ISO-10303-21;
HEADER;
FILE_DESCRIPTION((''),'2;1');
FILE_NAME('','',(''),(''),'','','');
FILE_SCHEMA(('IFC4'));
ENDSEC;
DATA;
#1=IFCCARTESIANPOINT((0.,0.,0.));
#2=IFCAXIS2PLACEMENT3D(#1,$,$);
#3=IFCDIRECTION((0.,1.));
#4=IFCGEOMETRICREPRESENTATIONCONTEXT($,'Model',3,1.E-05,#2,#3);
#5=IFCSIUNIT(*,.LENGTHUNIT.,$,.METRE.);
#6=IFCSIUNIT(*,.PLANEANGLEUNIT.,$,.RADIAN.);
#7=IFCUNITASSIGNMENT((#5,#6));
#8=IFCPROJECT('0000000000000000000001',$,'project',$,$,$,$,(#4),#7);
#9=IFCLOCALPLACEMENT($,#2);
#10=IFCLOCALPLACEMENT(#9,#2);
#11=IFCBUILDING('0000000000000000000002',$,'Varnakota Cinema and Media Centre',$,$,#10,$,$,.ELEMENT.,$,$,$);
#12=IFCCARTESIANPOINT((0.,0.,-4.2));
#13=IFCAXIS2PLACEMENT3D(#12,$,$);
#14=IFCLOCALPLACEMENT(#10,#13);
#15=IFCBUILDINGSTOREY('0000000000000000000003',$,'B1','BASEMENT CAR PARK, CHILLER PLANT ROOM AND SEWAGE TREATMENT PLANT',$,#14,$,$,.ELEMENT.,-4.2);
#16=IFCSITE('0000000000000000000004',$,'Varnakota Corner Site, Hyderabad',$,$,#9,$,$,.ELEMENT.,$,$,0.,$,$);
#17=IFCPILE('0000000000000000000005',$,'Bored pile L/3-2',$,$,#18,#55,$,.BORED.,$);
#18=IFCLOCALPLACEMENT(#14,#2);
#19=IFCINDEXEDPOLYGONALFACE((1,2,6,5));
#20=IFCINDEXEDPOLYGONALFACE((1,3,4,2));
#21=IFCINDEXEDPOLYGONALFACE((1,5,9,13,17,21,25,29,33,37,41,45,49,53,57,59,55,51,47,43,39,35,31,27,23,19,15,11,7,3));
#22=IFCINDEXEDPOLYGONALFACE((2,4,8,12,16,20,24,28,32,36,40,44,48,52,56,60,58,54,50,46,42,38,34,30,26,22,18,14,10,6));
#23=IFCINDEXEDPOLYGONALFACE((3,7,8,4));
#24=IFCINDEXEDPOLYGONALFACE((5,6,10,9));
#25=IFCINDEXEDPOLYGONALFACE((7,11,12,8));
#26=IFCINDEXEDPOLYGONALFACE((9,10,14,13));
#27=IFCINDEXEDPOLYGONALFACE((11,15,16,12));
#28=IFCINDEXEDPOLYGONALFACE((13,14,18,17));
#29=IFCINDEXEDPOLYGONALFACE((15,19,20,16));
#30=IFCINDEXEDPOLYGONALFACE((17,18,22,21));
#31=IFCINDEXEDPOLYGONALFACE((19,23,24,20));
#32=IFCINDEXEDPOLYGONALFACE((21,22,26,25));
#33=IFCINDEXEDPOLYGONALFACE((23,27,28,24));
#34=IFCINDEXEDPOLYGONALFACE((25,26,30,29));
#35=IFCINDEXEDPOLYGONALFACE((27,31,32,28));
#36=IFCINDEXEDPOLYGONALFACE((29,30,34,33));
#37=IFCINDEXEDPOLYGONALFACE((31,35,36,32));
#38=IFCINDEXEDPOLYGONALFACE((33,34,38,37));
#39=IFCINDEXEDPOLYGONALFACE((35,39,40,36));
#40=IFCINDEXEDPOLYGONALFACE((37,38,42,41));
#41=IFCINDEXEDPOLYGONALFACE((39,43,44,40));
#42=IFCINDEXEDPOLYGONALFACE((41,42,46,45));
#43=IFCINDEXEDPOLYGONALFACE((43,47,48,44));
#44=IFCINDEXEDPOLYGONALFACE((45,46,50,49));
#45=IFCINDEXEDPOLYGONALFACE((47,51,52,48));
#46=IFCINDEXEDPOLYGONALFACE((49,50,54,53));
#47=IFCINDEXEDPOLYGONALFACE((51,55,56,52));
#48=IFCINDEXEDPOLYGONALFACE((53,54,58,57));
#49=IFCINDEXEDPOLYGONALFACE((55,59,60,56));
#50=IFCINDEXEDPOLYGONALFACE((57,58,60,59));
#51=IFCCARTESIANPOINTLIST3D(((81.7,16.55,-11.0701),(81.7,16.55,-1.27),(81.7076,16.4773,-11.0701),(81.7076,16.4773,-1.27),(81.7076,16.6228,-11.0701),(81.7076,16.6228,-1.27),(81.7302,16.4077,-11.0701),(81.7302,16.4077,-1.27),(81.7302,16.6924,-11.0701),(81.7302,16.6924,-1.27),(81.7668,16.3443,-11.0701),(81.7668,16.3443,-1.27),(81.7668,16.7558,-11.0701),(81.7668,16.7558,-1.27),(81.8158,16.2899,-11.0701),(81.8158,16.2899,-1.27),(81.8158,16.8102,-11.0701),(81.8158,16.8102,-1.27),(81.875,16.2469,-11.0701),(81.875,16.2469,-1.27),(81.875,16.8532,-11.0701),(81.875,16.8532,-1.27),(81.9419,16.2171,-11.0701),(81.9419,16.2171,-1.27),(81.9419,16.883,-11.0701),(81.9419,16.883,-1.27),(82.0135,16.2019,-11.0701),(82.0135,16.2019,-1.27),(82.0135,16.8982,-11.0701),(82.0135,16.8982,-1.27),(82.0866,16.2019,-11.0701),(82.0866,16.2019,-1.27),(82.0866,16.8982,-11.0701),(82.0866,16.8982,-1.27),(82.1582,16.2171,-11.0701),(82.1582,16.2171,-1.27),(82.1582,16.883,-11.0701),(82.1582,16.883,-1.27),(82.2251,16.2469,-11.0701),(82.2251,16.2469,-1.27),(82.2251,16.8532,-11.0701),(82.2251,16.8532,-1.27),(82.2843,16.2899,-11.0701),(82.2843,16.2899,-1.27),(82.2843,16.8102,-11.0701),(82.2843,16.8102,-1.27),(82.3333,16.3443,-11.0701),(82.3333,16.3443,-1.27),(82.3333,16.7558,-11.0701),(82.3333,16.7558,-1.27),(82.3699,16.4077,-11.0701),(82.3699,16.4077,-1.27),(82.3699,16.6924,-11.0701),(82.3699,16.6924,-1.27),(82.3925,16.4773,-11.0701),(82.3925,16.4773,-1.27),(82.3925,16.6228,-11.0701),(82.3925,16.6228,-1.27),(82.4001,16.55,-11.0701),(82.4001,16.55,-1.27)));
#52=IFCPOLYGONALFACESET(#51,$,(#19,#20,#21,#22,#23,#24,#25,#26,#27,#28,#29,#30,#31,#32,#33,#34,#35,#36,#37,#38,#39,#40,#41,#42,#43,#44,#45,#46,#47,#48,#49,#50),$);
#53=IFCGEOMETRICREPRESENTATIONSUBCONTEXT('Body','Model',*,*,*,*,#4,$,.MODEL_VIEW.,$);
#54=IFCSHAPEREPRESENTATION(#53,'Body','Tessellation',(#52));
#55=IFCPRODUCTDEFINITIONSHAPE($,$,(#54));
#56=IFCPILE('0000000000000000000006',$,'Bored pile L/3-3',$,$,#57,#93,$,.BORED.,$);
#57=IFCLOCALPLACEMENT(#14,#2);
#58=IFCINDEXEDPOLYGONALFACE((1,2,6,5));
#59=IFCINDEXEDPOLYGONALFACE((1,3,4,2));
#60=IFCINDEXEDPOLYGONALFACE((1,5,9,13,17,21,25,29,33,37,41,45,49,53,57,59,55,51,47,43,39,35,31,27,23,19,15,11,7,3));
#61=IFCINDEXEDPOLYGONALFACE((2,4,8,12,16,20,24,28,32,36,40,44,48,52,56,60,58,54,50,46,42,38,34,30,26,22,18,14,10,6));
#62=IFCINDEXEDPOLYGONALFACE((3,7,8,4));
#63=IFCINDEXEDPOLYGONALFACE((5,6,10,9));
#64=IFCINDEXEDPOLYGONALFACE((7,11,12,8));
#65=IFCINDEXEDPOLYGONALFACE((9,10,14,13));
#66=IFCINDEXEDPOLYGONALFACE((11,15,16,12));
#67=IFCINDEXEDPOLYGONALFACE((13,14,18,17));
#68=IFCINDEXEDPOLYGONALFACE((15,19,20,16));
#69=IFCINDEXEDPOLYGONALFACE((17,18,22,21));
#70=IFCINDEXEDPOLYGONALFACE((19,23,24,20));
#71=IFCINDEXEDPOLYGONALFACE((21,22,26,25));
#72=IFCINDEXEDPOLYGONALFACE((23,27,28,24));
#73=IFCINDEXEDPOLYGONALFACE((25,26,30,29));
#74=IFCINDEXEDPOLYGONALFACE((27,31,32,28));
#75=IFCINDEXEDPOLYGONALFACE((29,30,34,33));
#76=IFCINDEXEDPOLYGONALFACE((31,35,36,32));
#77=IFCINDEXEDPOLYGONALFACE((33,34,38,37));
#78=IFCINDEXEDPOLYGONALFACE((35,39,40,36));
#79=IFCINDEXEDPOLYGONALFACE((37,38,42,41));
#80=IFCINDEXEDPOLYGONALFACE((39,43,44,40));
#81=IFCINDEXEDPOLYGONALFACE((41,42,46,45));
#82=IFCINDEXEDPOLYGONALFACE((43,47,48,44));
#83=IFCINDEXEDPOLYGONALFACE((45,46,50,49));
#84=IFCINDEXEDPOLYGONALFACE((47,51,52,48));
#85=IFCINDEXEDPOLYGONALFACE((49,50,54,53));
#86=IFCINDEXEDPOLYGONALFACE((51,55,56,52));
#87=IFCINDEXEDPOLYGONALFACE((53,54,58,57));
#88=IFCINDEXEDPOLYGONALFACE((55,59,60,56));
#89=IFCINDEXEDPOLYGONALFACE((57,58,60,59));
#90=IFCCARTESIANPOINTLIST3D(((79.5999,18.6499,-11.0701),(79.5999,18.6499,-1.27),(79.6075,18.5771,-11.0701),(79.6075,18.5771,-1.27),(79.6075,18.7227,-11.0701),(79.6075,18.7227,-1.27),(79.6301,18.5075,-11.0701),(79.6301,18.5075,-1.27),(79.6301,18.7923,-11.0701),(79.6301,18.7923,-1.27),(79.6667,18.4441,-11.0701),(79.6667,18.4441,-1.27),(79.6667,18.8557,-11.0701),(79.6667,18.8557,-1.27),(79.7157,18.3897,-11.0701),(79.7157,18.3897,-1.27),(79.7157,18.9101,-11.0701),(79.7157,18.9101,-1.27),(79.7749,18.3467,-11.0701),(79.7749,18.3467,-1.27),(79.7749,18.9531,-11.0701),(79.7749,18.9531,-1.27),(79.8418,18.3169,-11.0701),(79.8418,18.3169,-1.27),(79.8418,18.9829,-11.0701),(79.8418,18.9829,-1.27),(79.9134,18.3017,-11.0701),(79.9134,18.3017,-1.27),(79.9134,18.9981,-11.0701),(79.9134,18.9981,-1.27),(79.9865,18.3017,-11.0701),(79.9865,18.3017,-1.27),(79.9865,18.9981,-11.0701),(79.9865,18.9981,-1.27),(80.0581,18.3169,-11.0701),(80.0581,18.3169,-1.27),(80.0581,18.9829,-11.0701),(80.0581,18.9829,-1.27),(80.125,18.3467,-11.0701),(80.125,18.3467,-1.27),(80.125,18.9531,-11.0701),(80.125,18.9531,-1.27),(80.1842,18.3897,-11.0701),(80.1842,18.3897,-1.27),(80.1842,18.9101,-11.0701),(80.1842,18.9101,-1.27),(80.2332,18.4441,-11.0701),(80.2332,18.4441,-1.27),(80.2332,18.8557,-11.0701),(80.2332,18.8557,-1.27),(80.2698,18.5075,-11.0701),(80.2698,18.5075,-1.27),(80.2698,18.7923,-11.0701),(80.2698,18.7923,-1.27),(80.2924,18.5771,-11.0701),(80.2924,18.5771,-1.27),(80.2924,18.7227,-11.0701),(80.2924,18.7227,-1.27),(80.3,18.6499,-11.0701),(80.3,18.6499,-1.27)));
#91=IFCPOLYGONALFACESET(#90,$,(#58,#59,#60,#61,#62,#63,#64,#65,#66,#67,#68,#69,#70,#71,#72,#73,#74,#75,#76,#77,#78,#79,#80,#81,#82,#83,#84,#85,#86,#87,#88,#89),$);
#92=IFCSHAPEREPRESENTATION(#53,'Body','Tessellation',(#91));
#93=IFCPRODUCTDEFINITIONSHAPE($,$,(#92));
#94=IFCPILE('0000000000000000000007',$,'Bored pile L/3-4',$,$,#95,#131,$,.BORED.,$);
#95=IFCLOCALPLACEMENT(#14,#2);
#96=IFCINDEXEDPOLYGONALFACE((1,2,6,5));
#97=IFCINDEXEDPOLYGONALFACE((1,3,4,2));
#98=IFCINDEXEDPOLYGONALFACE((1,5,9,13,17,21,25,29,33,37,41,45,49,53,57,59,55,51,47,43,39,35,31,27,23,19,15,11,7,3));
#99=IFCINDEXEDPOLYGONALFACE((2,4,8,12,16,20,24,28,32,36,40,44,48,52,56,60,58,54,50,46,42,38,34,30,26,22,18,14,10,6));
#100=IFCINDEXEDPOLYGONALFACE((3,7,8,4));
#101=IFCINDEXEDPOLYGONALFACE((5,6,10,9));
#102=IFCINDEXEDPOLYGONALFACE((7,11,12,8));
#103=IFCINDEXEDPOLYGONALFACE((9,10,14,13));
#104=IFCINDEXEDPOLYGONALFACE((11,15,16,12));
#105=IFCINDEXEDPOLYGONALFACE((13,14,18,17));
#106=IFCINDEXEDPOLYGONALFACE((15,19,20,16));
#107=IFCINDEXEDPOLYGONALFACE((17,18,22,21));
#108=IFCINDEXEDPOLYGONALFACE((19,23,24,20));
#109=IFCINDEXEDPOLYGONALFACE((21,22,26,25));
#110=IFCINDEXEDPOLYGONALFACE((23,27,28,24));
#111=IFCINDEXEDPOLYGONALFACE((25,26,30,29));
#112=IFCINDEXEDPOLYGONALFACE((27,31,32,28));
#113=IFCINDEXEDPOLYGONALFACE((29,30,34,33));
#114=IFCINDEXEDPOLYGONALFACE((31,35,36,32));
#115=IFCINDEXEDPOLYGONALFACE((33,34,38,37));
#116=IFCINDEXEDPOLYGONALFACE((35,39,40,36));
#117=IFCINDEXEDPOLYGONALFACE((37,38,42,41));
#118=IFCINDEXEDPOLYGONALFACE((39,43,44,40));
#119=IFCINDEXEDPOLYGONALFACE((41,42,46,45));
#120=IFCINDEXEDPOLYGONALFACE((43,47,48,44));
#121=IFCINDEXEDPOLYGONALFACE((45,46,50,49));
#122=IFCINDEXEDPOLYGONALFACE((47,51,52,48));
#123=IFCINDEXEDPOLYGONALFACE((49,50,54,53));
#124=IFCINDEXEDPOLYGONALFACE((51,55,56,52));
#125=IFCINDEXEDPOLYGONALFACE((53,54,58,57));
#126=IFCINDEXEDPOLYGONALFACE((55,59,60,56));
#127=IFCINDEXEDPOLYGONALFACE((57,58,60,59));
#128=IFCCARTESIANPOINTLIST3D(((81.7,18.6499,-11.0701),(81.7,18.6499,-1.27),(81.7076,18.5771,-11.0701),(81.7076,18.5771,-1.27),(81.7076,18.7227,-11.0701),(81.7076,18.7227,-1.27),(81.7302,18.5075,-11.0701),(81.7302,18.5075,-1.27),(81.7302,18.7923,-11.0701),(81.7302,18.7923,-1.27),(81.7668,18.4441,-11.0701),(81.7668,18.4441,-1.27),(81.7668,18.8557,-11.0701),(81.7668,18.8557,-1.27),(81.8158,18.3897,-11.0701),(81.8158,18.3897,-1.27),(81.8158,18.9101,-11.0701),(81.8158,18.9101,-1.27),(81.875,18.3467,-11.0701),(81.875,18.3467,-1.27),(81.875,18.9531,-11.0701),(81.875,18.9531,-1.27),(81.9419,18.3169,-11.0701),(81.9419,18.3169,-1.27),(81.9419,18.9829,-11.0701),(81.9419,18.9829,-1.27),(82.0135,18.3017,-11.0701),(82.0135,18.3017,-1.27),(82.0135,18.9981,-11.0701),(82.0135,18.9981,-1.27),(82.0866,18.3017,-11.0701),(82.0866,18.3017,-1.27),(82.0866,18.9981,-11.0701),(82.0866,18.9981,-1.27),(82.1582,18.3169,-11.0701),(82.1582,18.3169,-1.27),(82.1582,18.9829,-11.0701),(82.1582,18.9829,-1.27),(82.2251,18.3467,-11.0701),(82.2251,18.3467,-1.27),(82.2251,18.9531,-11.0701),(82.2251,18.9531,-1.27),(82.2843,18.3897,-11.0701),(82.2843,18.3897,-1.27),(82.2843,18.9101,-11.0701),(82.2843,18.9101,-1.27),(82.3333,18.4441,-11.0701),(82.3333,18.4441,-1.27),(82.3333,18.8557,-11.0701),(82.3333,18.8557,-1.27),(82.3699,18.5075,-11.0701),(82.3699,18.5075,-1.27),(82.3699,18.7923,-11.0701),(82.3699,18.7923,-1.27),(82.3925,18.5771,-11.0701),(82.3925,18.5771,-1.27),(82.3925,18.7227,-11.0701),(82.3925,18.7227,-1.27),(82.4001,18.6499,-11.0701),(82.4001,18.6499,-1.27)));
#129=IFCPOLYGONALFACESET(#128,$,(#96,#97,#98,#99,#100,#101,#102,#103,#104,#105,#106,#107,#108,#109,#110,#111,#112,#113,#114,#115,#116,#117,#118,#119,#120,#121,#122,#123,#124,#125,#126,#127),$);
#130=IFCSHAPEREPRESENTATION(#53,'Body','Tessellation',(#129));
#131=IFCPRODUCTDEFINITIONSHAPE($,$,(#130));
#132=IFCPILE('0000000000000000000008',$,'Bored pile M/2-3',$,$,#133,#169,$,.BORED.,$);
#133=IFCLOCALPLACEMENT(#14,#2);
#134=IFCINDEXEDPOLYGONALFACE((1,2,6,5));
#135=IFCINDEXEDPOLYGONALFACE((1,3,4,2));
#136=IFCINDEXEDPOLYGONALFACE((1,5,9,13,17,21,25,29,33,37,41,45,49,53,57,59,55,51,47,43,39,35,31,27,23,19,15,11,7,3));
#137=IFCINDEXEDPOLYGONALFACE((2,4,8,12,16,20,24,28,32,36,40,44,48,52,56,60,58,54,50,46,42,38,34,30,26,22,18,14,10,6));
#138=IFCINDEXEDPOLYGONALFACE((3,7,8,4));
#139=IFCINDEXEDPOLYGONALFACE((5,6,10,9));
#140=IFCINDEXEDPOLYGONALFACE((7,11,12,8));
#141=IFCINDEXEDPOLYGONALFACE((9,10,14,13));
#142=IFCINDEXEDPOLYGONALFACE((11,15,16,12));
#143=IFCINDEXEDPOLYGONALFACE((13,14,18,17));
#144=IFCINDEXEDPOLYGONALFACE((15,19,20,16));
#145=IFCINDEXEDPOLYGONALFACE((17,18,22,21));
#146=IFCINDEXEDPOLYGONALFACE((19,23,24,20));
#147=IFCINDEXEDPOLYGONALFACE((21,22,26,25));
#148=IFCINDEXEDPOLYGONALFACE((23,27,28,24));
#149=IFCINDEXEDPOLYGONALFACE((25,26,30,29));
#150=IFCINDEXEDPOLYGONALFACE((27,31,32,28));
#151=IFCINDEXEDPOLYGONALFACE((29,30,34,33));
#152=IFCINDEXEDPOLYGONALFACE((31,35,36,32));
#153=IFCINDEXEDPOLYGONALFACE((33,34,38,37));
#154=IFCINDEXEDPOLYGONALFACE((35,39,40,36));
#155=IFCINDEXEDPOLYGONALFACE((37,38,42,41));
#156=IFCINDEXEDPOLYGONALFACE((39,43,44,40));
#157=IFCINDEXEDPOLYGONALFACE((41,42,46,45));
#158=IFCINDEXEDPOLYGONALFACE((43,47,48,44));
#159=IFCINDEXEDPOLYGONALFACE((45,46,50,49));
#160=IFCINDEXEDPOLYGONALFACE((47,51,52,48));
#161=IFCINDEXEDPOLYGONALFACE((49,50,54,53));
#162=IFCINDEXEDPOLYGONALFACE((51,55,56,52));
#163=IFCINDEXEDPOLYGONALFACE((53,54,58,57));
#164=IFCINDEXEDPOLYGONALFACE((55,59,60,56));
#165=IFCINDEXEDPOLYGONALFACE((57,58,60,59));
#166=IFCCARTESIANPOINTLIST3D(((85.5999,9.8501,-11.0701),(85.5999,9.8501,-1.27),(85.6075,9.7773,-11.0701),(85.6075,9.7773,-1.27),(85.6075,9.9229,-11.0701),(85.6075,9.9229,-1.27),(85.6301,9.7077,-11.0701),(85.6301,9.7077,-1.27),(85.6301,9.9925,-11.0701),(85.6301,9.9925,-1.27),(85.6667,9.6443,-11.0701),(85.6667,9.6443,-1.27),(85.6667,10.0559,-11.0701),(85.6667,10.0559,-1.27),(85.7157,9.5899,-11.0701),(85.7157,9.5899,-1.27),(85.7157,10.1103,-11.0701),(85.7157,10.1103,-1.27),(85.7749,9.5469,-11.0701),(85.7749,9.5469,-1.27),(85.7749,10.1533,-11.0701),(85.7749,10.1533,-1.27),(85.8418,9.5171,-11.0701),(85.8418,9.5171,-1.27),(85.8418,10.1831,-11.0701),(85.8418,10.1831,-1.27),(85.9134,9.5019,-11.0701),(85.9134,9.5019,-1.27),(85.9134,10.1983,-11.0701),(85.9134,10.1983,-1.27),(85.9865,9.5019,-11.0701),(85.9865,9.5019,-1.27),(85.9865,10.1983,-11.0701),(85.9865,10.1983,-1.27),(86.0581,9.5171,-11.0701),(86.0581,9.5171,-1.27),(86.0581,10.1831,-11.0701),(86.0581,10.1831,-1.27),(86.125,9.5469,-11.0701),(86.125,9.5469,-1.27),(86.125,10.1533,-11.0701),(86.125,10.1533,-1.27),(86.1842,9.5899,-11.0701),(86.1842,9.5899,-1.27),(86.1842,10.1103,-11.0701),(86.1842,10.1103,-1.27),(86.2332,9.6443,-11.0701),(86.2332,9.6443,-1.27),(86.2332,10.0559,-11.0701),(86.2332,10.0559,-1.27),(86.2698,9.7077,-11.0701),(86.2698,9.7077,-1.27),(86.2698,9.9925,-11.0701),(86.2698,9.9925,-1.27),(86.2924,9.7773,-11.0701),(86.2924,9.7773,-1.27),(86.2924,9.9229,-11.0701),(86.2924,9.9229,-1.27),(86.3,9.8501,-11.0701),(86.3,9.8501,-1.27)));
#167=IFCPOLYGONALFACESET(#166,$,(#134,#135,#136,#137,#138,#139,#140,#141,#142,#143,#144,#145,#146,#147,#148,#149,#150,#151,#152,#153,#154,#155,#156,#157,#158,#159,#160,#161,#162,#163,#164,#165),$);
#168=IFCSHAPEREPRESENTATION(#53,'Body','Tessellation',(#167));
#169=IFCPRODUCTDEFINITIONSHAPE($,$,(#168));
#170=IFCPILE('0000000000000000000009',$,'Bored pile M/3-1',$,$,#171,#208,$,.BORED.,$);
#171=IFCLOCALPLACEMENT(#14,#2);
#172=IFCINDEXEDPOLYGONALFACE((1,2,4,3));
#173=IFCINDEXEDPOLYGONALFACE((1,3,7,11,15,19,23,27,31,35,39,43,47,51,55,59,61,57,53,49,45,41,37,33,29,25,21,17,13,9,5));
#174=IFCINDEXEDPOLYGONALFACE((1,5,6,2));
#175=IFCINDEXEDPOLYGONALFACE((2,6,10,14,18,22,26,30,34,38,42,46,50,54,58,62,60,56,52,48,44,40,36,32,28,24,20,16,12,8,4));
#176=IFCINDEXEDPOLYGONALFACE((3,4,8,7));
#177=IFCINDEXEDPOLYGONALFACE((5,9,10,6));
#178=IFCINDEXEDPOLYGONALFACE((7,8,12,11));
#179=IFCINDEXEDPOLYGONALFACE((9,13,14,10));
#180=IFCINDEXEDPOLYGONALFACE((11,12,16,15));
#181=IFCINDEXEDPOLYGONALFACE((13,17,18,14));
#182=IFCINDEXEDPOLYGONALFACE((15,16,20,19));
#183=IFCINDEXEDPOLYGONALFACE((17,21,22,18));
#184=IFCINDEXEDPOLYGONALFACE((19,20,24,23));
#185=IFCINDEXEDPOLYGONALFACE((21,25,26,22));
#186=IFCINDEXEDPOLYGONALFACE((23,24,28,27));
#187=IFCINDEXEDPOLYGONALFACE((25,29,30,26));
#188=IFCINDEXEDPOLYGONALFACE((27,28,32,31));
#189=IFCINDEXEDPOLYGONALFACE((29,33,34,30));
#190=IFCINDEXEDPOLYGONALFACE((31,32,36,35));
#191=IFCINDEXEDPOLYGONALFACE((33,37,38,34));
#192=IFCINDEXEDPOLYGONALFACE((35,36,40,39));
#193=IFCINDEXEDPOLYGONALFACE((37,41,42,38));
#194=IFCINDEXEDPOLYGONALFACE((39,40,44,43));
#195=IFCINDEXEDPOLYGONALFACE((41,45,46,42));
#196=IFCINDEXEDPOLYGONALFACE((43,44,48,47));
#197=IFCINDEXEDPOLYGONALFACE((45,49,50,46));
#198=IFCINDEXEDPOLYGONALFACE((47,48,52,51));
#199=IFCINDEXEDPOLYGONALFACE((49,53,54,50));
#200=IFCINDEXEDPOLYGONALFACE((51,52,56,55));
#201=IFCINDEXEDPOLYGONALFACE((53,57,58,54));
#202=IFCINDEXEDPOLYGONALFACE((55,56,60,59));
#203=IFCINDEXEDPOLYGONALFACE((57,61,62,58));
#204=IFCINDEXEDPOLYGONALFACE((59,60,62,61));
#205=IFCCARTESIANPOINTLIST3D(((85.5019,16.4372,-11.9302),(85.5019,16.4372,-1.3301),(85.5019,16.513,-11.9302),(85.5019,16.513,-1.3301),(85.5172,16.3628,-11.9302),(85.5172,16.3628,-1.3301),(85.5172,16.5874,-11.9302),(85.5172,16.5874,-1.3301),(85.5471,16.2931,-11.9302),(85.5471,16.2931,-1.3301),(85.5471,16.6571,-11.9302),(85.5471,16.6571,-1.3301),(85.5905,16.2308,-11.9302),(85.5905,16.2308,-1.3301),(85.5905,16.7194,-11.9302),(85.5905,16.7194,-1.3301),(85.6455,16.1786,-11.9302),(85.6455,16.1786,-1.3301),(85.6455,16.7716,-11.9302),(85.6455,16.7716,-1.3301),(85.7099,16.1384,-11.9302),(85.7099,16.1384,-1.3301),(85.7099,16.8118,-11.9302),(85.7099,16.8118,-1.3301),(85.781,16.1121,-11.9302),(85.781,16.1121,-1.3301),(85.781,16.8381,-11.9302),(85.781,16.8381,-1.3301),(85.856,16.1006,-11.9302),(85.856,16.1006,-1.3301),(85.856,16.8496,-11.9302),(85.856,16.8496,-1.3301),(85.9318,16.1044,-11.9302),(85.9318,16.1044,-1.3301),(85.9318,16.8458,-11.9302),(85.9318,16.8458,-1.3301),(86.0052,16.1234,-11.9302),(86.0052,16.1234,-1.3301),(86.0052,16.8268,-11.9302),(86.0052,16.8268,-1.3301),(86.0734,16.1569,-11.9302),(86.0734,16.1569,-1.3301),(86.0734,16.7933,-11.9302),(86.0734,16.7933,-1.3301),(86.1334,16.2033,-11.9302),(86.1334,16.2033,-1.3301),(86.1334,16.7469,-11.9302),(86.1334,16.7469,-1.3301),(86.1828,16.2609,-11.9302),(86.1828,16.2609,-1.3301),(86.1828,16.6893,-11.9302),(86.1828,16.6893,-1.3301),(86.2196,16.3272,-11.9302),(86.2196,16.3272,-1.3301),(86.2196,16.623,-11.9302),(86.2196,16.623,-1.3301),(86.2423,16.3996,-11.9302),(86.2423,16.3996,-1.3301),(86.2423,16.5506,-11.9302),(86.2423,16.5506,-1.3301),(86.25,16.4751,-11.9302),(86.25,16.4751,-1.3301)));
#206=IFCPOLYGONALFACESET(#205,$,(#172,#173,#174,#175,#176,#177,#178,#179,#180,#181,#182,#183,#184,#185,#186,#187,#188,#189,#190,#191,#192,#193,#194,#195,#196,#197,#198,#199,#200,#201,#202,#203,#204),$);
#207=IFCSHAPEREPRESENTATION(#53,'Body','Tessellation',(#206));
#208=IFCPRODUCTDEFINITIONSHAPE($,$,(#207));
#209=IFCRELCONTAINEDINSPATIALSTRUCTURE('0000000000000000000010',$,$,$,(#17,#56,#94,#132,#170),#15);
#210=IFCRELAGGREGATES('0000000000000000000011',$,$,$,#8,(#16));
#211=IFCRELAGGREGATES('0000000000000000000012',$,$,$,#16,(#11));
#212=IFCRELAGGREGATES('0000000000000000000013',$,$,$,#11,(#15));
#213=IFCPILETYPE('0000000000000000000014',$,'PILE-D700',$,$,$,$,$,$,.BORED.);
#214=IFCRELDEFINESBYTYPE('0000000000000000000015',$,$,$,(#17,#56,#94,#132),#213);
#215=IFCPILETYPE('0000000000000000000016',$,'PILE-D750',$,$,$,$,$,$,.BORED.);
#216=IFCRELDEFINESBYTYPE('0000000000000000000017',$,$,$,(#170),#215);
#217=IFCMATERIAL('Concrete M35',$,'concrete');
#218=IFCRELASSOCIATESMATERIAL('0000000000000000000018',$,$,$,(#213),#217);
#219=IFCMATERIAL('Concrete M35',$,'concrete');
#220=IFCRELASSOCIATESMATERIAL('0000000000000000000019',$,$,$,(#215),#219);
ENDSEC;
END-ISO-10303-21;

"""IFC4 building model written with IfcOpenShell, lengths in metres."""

from ifc_helpers import new_model, si_unit, direction, frame, origin, origin_2d, place, context, subcontext, project, spatial, circle, extrude, material, material_profile, profile_set, type_object, element, save


model = new_model("IFC4")

# Units and contexts
model_context = context("Model", 3, precision=1e-05, world=origin(), true_north=direction((0.0, 1.0)))
body_context = subcontext(model_context, "Body", "Model", "MODEL_VIEW")
ifc_project = project(units=[si_unit("LENGTHUNIT", "METRE"), si_unit("PLANEANGLEUNIT", "RADIAN")], contexts=[model_context])

# Site, building, storey
site_placement = place(None, origin())
site = spatial("IfcSite", under=ifc_project, at=site_placement, Name="Varnakota Corner Site, Hyderabad", CompositionType="ELEMENT", RefElevation=0.0)
building_placement = place(site_placement, origin())
building = spatial("IfcBuilding", under=site, at=building_placement, Name="Varnakota Cinema and Media Centre", CompositionType="ELEMENT")
storey_placement = place(building_placement, frame((0.0, 0.0, -4.2)))
storey = spatial("IfcBuildingStorey", under=building, at=storey_placement, Name="B1", Description="BASEMENT CAR PARK, CHILLER PLANT ROOM AND SEWAGE TREATMENT PLANT", CompositionType="ELEMENT", Elevation=-4.2)

# Piles
ifc_material_1 = material(Name="Concrete M35", Category="concrete")
ifc_material_profile_1 = material_profile(ifc_material_1, circle(Radius=0.3501, at=origin_2d()), Name="PILE D700")
ifc_profile_set_1 = profile_set([ifc_material_profile_1], Name="Concrete M35")
pile_type_1 = type_object("IfcPileType", Name="PILE-D700", PredefinedType="BORED", material=ifc_profile_set_1)
for number, where, z_axis, x_axis, name in (
    (1, (82.05, 16.55, -1.27), (0.0, 0.0, -1.0), (1.0, 0.0, 0.0), "Bored pile L/3-2"),
    (2, (79.95, 18.6499, -1.27), (0.0, 0.0, -1.0), (1.0, 0.0, 0.0), "Bored pile L/3-3"),
    (3, (82.05, 18.6499, -1.27), (0.0, 0.0, -1.0), (1.0, 0.0, 0.0), "Bored pile L/3-4"),
    (4, (85.95, 9.8501, -1.27), (0.0, 0.0, -1.0), (1.0, 0.0, 0.0), "Bored pile M/2-3"),
):
    element("IfcPile", number, at=place(storey_placement, frame(where, z_axis=z_axis, x_axis=x_axis)), inside=storey, type_object=pile_type_1, Name=name, PredefinedType="BORED", context=body_context, shape_type="SweptSolid", body=[
        extrude(circle(Radius=0.3501, at=origin_2d()), origin(), (0.0, 0.0, 1.0), 9.8),
    ])
ifc_material_2 = material(Name="Concrete M35", Category="concrete")
ifc_material_profile_2 = material_profile(ifc_material_2, circle(Radius=0.375, at=origin_2d()), Name="PILE D750")
ifc_profile_set_2 = profile_set([ifc_material_profile_2], Name="Concrete M35")
pile_type_2 = type_object("IfcPileType", Name="PILE-D750", PredefinedType="BORED", material=ifc_profile_set_2)
for number, where, z_axis, x_axis, name in (
    (5, (85.875, 16.4751, -1.3301), (0.0, 0.0, -1.0), (1.0, 0.0, 0.0), "Bored pile M/3-1"),
):
    element("IfcPile", number, at=place(storey_placement, frame(where, z_axis=z_axis, x_axis=x_axis)), inside=storey, type_object=pile_type_2, Name=name, PredefinedType="BORED", context=body_context, shape_type="SweptSolid", body=[
        extrude(circle(Radius=0.375, at=origin_2d()), origin(), (0.0, 0.0, 1.0), 10.6001),
    ])

save(model, "model.ifc")
